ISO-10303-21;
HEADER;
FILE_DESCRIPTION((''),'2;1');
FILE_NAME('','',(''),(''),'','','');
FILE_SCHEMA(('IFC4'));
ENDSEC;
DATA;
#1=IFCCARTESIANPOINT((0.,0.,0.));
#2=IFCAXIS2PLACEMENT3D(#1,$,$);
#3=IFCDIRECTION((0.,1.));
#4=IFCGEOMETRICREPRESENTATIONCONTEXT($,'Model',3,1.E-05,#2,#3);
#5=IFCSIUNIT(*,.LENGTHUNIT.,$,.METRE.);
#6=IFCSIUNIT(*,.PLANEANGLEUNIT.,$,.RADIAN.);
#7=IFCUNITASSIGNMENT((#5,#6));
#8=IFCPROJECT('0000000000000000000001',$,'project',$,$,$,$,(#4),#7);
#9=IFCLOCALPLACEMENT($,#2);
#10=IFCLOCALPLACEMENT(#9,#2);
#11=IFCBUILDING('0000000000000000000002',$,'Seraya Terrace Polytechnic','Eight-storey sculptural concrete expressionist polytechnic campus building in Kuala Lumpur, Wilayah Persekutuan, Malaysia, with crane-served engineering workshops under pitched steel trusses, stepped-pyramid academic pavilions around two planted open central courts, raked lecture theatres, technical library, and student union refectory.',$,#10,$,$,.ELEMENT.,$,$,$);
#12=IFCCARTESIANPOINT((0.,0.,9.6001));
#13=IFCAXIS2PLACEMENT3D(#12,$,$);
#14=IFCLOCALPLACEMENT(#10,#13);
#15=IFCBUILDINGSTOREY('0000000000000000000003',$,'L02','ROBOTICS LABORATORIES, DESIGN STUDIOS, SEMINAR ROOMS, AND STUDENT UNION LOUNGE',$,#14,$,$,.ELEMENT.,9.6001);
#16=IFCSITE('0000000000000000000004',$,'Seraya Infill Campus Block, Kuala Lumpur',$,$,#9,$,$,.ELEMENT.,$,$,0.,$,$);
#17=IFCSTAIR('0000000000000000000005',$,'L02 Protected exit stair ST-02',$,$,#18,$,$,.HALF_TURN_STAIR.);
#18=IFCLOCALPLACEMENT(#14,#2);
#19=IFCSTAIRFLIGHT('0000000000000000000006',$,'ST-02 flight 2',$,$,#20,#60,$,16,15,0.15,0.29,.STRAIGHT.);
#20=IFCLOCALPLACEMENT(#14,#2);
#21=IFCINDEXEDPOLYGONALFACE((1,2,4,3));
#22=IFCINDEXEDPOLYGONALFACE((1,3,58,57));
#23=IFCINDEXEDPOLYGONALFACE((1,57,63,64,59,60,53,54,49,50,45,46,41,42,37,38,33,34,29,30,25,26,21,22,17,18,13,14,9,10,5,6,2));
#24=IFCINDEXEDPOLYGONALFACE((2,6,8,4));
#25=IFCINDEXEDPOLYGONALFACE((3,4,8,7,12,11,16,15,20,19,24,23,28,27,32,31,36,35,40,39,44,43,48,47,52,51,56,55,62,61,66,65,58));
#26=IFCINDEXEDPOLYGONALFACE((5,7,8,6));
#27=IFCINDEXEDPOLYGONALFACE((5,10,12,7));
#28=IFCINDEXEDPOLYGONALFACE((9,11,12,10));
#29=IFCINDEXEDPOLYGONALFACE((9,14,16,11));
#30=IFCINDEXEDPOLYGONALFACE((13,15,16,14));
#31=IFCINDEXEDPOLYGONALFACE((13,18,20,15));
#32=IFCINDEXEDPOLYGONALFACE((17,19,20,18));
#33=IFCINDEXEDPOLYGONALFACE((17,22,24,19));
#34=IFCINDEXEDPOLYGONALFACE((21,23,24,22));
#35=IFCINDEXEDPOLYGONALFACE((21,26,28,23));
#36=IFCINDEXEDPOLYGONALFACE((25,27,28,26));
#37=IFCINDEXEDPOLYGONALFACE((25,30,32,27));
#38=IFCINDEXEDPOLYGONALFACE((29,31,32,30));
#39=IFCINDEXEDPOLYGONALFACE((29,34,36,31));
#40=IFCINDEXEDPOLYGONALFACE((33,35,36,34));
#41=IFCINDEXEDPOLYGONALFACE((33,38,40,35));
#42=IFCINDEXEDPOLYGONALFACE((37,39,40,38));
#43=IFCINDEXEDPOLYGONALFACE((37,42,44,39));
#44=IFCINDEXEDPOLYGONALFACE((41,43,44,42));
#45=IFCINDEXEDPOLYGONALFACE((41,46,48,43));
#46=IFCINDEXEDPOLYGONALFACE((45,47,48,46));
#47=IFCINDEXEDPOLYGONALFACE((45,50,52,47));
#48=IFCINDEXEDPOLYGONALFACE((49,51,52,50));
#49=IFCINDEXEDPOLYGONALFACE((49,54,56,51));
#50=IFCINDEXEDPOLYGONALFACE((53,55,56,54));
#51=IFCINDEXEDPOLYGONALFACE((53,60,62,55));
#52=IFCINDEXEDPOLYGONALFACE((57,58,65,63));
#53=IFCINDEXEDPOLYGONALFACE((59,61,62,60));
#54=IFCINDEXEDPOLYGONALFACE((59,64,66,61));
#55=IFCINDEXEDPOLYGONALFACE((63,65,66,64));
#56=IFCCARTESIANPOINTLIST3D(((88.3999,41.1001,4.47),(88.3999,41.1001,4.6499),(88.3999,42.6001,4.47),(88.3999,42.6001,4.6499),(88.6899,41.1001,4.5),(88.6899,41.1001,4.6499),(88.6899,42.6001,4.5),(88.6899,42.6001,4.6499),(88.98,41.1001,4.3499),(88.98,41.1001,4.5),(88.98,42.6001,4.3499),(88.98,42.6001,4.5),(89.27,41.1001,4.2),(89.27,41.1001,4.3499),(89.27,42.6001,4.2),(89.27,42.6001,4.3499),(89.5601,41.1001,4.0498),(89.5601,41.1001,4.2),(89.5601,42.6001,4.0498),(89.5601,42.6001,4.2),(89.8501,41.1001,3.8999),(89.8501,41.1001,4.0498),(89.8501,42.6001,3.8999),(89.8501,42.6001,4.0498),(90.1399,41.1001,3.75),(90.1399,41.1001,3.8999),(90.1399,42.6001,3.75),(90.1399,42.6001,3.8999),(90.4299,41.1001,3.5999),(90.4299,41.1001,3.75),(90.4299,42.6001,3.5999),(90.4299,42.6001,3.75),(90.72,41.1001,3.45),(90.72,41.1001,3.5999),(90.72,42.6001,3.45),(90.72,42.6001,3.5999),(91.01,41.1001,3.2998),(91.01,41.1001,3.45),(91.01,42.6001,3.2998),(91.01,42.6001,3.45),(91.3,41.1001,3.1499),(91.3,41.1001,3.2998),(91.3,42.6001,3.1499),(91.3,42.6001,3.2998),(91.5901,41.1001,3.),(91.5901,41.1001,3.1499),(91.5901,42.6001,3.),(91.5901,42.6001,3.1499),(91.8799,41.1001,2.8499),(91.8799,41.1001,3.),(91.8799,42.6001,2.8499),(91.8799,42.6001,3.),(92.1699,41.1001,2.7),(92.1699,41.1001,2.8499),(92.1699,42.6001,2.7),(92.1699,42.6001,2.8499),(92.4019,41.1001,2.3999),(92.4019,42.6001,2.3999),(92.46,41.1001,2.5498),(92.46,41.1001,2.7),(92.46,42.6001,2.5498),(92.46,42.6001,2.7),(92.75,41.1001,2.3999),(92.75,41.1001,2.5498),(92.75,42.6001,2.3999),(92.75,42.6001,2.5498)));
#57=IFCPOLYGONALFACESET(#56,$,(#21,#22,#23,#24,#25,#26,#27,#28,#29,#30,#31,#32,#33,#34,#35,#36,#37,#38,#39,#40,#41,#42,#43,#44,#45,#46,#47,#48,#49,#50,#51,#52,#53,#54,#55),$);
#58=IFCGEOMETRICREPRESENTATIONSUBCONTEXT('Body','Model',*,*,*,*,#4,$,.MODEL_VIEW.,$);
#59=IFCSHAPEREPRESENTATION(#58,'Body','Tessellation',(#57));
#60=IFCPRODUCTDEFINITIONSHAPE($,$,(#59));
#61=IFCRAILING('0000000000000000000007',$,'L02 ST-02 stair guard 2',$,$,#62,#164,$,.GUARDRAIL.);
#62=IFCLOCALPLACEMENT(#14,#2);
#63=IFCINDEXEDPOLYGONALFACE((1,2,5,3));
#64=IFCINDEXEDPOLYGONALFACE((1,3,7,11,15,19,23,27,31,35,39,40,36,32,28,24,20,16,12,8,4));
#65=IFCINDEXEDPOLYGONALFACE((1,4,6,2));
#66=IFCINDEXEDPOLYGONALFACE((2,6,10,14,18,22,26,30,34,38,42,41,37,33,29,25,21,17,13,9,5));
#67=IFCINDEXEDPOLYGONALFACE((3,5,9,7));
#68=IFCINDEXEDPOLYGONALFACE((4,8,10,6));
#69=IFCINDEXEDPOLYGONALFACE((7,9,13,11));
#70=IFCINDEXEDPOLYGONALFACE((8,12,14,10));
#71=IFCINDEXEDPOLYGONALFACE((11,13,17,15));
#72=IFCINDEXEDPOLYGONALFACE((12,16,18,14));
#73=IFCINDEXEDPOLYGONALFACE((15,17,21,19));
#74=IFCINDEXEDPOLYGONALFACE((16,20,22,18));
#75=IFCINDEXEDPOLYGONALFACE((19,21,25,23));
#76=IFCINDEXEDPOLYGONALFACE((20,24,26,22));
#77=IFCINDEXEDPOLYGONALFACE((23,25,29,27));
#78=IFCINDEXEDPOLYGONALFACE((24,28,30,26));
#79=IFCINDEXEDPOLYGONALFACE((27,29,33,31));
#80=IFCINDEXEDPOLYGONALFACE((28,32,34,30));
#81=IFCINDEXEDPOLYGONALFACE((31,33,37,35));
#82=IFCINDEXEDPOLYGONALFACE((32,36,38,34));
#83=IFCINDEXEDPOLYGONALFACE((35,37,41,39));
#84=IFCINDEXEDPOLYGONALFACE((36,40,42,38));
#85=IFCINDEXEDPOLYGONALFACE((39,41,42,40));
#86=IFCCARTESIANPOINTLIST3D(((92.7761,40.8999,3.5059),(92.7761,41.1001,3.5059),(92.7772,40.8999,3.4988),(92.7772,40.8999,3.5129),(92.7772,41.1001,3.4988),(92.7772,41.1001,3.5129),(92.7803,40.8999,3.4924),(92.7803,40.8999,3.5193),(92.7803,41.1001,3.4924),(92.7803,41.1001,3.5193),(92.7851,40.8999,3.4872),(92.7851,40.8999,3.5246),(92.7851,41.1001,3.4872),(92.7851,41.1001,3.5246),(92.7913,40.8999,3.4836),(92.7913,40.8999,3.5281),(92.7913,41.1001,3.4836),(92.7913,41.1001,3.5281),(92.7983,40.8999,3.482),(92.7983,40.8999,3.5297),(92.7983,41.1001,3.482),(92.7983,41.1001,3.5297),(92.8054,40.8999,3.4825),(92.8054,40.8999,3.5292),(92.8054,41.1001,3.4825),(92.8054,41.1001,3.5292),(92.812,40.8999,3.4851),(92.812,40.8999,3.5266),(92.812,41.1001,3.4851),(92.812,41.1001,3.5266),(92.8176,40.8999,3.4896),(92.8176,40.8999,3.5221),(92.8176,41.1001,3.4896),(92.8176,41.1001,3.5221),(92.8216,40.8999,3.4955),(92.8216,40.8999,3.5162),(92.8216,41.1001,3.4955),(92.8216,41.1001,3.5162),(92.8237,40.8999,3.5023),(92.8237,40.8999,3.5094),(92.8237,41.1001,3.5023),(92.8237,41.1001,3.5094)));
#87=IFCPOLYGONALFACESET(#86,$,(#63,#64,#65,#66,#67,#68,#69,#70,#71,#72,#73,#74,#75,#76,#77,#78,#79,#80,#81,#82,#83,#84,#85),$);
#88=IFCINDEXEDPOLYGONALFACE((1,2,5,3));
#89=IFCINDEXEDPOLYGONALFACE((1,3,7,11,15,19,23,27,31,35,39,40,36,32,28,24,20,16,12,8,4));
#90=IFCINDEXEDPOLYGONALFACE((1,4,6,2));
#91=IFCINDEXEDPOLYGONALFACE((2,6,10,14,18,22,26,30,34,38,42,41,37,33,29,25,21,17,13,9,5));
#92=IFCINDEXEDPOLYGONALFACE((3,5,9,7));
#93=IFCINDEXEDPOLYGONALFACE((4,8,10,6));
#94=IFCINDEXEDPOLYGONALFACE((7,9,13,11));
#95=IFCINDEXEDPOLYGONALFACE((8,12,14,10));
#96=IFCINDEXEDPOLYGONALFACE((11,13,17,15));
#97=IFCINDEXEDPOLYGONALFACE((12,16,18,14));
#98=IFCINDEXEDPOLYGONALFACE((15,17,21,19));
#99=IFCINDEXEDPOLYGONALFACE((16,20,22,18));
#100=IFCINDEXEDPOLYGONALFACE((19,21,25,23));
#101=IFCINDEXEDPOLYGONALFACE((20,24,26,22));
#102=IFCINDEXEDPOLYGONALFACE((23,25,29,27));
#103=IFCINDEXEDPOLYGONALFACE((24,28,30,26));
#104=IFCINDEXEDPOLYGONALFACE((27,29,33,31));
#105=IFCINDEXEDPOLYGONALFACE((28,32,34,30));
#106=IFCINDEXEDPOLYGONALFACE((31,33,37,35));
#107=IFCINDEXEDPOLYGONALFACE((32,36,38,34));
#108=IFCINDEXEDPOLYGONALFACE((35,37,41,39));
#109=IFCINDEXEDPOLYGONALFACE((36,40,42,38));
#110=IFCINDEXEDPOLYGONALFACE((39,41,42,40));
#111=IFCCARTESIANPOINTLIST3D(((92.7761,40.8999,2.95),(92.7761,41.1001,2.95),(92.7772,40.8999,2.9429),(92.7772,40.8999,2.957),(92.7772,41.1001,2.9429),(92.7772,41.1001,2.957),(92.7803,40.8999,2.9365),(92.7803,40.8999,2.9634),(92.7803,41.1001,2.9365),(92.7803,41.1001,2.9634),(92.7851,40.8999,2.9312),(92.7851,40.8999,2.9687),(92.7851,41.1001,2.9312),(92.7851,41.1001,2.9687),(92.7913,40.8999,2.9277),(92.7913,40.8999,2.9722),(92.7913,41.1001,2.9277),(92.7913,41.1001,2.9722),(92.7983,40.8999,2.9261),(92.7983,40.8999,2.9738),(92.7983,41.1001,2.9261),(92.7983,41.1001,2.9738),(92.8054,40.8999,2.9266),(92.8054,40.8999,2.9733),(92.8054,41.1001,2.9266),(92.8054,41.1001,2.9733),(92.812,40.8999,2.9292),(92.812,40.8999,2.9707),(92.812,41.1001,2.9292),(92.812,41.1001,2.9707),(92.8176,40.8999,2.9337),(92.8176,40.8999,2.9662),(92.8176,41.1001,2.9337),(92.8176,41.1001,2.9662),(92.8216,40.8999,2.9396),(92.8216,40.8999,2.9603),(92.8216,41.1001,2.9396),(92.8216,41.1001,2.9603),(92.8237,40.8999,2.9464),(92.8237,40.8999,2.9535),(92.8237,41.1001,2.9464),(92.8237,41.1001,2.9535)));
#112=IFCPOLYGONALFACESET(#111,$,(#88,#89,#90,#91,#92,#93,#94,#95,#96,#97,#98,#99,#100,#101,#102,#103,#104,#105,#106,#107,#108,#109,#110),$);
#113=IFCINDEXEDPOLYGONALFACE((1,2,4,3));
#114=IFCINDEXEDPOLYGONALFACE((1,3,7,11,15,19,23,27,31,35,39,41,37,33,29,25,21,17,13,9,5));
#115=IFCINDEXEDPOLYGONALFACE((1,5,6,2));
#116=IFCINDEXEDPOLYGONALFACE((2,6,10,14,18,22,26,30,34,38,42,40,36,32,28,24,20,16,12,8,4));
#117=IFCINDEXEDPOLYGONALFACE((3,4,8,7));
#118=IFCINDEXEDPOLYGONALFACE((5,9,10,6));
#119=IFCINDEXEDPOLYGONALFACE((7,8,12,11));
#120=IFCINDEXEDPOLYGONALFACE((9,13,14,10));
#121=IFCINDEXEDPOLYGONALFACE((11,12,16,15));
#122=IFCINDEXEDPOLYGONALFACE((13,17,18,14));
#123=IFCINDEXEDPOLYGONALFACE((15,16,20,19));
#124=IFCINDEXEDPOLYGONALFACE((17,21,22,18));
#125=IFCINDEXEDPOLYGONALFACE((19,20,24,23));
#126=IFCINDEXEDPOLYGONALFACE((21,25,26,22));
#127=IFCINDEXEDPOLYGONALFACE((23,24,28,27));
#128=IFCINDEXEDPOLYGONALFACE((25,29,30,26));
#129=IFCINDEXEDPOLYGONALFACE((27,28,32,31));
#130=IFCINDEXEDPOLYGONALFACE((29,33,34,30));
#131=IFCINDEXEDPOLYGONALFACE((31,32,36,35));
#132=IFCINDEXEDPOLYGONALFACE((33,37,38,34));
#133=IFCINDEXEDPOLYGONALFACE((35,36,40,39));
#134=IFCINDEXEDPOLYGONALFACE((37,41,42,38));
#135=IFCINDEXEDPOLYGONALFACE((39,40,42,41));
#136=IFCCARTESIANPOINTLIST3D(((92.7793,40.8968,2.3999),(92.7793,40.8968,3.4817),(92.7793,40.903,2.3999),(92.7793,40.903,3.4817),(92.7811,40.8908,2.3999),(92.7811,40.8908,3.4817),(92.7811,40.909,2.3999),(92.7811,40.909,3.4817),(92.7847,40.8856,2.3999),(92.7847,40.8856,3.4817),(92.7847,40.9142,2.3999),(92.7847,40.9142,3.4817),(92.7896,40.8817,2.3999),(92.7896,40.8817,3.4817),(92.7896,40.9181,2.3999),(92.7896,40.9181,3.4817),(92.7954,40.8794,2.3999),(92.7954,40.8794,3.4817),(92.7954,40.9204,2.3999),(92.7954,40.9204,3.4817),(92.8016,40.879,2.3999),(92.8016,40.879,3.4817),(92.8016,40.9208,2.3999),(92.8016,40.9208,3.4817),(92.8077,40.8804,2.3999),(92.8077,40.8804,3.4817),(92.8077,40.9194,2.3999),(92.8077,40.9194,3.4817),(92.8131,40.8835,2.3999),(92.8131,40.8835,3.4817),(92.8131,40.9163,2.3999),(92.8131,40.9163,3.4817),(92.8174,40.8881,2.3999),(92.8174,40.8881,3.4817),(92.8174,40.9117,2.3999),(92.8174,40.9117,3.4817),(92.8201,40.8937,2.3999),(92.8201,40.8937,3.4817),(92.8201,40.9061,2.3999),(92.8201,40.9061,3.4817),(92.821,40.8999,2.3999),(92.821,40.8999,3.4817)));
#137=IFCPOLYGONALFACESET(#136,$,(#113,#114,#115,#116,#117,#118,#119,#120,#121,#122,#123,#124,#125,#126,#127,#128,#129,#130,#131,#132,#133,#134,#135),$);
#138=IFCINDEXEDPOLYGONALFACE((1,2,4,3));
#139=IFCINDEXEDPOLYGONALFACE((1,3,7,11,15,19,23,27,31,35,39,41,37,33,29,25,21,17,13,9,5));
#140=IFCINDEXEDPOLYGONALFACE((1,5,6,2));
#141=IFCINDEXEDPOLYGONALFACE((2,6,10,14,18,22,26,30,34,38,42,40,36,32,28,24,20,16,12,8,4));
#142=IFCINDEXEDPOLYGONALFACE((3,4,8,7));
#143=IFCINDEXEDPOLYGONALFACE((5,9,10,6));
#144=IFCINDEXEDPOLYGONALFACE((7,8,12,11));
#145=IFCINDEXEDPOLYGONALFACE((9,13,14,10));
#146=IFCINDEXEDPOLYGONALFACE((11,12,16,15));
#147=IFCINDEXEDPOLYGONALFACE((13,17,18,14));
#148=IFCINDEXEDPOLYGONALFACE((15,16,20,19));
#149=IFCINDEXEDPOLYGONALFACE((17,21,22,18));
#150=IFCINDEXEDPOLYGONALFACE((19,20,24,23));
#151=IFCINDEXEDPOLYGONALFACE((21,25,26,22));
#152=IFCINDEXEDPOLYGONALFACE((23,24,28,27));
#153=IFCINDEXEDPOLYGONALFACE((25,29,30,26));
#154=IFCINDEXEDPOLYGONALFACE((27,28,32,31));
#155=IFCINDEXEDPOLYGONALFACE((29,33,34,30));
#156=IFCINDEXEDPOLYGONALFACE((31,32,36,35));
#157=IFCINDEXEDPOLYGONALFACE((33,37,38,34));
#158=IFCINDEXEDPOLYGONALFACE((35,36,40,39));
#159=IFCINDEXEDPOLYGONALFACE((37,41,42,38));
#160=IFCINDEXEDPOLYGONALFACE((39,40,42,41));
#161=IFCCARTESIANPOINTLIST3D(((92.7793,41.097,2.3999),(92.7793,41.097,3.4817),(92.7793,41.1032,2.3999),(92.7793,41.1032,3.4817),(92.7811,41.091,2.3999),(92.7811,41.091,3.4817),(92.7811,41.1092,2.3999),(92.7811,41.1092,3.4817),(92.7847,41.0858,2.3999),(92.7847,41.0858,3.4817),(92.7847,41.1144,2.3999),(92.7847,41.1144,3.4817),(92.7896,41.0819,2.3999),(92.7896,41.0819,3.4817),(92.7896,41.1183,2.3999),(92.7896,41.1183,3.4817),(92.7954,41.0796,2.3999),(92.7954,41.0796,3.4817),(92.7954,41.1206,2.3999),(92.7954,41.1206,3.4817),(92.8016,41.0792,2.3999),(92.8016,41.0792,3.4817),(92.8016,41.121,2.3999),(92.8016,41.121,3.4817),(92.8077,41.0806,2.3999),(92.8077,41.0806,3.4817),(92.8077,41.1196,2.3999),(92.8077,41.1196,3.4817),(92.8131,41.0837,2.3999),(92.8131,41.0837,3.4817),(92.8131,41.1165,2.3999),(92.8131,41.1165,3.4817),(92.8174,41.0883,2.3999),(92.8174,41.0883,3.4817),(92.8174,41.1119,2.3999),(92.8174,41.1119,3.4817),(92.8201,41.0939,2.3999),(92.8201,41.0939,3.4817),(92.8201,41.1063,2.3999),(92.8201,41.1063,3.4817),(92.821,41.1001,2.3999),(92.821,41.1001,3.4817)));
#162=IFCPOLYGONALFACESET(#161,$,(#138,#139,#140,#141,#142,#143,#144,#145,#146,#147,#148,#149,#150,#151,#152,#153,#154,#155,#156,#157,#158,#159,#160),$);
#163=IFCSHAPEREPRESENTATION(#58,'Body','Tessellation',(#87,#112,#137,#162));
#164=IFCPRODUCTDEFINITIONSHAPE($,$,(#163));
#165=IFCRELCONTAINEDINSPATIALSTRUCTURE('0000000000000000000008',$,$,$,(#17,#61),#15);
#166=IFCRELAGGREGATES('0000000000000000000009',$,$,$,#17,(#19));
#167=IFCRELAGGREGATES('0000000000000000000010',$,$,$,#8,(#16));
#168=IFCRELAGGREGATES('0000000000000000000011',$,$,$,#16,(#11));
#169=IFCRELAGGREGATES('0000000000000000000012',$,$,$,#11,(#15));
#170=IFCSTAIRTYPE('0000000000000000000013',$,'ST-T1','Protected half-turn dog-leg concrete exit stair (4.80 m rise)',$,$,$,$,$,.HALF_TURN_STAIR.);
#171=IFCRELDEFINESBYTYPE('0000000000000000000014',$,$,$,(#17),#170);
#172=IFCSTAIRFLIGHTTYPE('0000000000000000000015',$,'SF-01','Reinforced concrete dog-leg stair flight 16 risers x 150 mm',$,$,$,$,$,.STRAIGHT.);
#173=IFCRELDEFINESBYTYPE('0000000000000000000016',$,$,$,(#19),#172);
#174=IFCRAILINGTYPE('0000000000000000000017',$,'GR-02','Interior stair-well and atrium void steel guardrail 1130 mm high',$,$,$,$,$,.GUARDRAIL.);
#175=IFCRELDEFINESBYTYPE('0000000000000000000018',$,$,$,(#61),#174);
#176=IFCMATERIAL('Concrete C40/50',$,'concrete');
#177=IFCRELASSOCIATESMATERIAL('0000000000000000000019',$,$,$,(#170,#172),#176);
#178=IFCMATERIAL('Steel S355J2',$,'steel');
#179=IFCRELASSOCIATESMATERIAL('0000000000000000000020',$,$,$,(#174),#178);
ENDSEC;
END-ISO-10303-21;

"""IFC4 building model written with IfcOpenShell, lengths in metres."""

from ifc_helpers import new_model, si_unit, direction, frame, origin, origin_2d, place, context, subcontext, project, spatial, polyline, circle, outline, extrude, material, type_object, element, aggregate, save


model = new_model("IFC4")

# Units and contexts
model_context = context("Model", 3, precision=1e-05, world=origin(), true_north=direction((0.0, 1.0)))
body_context = subcontext(model_context, "Body", "Model", "MODEL_VIEW")
ifc_project = project(units=[si_unit("LENGTHUNIT", "METRE"), si_unit("PLANEANGLEUNIT", "RADIAN")], contexts=[model_context])

# Site, building, storey
site_placement = place(None, origin())
site = spatial("IfcSite", under=ifc_project, at=site_placement, Name="Seraya Infill Campus Block, Kuala Lumpur", CompositionType="ELEMENT", RefElevation=0.0)
building_placement = place(site_placement, origin())
building = spatial("IfcBuilding", under=site, at=building_placement, Name="Seraya Terrace Polytechnic", Description="Eight-storey sculptural concrete expressionist polytechnic campus building in Kuala Lumpur, Wilayah Persekutuan, Malaysia, with crane-served engineering workshops under pitched steel trusses, stepped-pyramid academic pavilions around two planted open central courts, raked lecture theatres, technical library, and student union refectory.", CompositionType="ELEMENT")
storey_placement = place(building_placement, frame((0.0, 0.0, 9.6001)))
storey = spatial("IfcBuildingStorey", under=building, at=storey_placement, Name="L02", Description="ROBOTICS LABORATORIES, DESIGN STUDIOS, SEMINAR ROOMS, AND STUDENT UNION LOUNGE", CompositionType="ELEMENT", Elevation=9.6001)

# Shared definitions
ifc_material_1 = material(Name="Concrete C40/50", Category="concrete")

# Stair, stair flight
stair_type = type_object("IfcStairType", Name="ST-T1", Description="Protected half-turn dog-leg concrete exit stair (4.80 m rise)", PredefinedType="HALF_TURN_STAIR", material=ifc_material_1)
stair_placement = place(storey_placement, origin())
stair = element("IfcStair", 1, at=stair_placement, inside=storey, type_object=stair_type, Name="L02 Protected exit stair ST-02", PredefinedType="HALF_TURN_STAIR")
stair_flight_type = type_object("IfcStairFlightType", Name="SF-01", Description="Reinforced concrete dog-leg stair flight 16 risers x 150 mm", PredefinedType="STRAIGHT", material=ifc_material_1)
stair_flight_placement = place(storey_placement, frame((92.75, 41.8501, 2.3999), z_axis=(0.0, 0.0, 1.0), x_axis=(-1.0, 0.0, 0.0)))
stair_flight = element("IfcStairFlight", 2, at=stair_flight_placement, type_object=stair_flight_type, Name="ST-02 flight 2", NumberOfRisers=16, NumberOfTreads=15, PredefinedType="STRAIGHT", RiserHeight=0.15, TreadLength=0.29, context=body_context, shape_type="SweptSolid", body=[
    extrude(outline(polyline([(0.0, 0.0), (0.0, 0.1499), (0.29, 0.1499), (0.29, 0.3), (0.5801, 0.3), (0.5801, 0.45), (0.8701, 0.45), (0.8701, 0.6001), (1.1599, 0.6001), (1.1599, 0.75), (1.45, 0.75), (1.45, 0.8999), (1.74, 0.8999), (1.74, 1.05), (2.03, 1.05), (2.03, 1.2), (2.3201, 1.2), (2.3201, 1.3501), (2.6101, 1.3501), (2.6101, 1.5), (2.8999, 1.5), (2.8999, 1.6499), (3.1899, 1.6499), (3.1899, 1.8), (3.48, 1.8), (3.48, 1.95), (3.77, 1.95), (3.77, 2.1001), (4.0601, 2.1001), (4.0601, 2.25), (4.3501, 2.25), (4.3501, 2.3999), (4.3501, 2.0701), (0.3481, 0.0), (0.0, 0.0)])), frame((0.0, 0.75, 0.0), z_axis=(0.0, -1.0, 0.0), x_axis=(1.0, 0.0, 0.0)), (0.0, 0.0, 1.0), 1.5),
])
aggregate(stair, [stair_flight])

# Railing
ifc_material_2 = material(Name="Steel S355J2", Category="steel")
railing_type_1 = type_object("IfcRailingType", Name="GR-02", Description="Interior stair-well and atrium void steel guardrail 1130 mm high", PredefinedType="GUARDRAIL", material=ifc_material_2)
railing_1_placement = place(storey_placement, frame((92.8, 40.8999, 2.3999)))
element("IfcRailing", 3, at=railing_1_placement, inside=storey, type_object=railing_type_1, Name="L02 ST-02 stair guard 2", PredefinedType="GUARDRAIL", context=body_context, shape_type="SweptSolid", body=[
    extrude(circle(Radius=0.0239, at=origin_2d()), frame((0.0, 0.0, 1.106), z_axis=(0.0, 1.0, 0.0), x_axis=(-1.0, 0.0, 0.0)), (0.0, 0.0, 1.0), 0.2002),
    extrude(circle(Radius=0.0239, at=origin_2d()), frame((0.0, 0.0, 0.55), z_axis=(0.0, 1.0, 0.0), x_axis=(-1.0, 0.0, 0.0)), (0.0, 0.0, 1.0), 0.2002),
    extrude(circle(Radius=0.021, at=origin_2d()), origin(), (0.0, 0.0, 1.0), 1.0818),
    extrude(circle(Radius=0.021, at=origin_2d()), frame((0.0, 0.2002, 0.0)), (0.0, 0.0, 1.0), 1.0818),
])

save(model, "model.ifc")
